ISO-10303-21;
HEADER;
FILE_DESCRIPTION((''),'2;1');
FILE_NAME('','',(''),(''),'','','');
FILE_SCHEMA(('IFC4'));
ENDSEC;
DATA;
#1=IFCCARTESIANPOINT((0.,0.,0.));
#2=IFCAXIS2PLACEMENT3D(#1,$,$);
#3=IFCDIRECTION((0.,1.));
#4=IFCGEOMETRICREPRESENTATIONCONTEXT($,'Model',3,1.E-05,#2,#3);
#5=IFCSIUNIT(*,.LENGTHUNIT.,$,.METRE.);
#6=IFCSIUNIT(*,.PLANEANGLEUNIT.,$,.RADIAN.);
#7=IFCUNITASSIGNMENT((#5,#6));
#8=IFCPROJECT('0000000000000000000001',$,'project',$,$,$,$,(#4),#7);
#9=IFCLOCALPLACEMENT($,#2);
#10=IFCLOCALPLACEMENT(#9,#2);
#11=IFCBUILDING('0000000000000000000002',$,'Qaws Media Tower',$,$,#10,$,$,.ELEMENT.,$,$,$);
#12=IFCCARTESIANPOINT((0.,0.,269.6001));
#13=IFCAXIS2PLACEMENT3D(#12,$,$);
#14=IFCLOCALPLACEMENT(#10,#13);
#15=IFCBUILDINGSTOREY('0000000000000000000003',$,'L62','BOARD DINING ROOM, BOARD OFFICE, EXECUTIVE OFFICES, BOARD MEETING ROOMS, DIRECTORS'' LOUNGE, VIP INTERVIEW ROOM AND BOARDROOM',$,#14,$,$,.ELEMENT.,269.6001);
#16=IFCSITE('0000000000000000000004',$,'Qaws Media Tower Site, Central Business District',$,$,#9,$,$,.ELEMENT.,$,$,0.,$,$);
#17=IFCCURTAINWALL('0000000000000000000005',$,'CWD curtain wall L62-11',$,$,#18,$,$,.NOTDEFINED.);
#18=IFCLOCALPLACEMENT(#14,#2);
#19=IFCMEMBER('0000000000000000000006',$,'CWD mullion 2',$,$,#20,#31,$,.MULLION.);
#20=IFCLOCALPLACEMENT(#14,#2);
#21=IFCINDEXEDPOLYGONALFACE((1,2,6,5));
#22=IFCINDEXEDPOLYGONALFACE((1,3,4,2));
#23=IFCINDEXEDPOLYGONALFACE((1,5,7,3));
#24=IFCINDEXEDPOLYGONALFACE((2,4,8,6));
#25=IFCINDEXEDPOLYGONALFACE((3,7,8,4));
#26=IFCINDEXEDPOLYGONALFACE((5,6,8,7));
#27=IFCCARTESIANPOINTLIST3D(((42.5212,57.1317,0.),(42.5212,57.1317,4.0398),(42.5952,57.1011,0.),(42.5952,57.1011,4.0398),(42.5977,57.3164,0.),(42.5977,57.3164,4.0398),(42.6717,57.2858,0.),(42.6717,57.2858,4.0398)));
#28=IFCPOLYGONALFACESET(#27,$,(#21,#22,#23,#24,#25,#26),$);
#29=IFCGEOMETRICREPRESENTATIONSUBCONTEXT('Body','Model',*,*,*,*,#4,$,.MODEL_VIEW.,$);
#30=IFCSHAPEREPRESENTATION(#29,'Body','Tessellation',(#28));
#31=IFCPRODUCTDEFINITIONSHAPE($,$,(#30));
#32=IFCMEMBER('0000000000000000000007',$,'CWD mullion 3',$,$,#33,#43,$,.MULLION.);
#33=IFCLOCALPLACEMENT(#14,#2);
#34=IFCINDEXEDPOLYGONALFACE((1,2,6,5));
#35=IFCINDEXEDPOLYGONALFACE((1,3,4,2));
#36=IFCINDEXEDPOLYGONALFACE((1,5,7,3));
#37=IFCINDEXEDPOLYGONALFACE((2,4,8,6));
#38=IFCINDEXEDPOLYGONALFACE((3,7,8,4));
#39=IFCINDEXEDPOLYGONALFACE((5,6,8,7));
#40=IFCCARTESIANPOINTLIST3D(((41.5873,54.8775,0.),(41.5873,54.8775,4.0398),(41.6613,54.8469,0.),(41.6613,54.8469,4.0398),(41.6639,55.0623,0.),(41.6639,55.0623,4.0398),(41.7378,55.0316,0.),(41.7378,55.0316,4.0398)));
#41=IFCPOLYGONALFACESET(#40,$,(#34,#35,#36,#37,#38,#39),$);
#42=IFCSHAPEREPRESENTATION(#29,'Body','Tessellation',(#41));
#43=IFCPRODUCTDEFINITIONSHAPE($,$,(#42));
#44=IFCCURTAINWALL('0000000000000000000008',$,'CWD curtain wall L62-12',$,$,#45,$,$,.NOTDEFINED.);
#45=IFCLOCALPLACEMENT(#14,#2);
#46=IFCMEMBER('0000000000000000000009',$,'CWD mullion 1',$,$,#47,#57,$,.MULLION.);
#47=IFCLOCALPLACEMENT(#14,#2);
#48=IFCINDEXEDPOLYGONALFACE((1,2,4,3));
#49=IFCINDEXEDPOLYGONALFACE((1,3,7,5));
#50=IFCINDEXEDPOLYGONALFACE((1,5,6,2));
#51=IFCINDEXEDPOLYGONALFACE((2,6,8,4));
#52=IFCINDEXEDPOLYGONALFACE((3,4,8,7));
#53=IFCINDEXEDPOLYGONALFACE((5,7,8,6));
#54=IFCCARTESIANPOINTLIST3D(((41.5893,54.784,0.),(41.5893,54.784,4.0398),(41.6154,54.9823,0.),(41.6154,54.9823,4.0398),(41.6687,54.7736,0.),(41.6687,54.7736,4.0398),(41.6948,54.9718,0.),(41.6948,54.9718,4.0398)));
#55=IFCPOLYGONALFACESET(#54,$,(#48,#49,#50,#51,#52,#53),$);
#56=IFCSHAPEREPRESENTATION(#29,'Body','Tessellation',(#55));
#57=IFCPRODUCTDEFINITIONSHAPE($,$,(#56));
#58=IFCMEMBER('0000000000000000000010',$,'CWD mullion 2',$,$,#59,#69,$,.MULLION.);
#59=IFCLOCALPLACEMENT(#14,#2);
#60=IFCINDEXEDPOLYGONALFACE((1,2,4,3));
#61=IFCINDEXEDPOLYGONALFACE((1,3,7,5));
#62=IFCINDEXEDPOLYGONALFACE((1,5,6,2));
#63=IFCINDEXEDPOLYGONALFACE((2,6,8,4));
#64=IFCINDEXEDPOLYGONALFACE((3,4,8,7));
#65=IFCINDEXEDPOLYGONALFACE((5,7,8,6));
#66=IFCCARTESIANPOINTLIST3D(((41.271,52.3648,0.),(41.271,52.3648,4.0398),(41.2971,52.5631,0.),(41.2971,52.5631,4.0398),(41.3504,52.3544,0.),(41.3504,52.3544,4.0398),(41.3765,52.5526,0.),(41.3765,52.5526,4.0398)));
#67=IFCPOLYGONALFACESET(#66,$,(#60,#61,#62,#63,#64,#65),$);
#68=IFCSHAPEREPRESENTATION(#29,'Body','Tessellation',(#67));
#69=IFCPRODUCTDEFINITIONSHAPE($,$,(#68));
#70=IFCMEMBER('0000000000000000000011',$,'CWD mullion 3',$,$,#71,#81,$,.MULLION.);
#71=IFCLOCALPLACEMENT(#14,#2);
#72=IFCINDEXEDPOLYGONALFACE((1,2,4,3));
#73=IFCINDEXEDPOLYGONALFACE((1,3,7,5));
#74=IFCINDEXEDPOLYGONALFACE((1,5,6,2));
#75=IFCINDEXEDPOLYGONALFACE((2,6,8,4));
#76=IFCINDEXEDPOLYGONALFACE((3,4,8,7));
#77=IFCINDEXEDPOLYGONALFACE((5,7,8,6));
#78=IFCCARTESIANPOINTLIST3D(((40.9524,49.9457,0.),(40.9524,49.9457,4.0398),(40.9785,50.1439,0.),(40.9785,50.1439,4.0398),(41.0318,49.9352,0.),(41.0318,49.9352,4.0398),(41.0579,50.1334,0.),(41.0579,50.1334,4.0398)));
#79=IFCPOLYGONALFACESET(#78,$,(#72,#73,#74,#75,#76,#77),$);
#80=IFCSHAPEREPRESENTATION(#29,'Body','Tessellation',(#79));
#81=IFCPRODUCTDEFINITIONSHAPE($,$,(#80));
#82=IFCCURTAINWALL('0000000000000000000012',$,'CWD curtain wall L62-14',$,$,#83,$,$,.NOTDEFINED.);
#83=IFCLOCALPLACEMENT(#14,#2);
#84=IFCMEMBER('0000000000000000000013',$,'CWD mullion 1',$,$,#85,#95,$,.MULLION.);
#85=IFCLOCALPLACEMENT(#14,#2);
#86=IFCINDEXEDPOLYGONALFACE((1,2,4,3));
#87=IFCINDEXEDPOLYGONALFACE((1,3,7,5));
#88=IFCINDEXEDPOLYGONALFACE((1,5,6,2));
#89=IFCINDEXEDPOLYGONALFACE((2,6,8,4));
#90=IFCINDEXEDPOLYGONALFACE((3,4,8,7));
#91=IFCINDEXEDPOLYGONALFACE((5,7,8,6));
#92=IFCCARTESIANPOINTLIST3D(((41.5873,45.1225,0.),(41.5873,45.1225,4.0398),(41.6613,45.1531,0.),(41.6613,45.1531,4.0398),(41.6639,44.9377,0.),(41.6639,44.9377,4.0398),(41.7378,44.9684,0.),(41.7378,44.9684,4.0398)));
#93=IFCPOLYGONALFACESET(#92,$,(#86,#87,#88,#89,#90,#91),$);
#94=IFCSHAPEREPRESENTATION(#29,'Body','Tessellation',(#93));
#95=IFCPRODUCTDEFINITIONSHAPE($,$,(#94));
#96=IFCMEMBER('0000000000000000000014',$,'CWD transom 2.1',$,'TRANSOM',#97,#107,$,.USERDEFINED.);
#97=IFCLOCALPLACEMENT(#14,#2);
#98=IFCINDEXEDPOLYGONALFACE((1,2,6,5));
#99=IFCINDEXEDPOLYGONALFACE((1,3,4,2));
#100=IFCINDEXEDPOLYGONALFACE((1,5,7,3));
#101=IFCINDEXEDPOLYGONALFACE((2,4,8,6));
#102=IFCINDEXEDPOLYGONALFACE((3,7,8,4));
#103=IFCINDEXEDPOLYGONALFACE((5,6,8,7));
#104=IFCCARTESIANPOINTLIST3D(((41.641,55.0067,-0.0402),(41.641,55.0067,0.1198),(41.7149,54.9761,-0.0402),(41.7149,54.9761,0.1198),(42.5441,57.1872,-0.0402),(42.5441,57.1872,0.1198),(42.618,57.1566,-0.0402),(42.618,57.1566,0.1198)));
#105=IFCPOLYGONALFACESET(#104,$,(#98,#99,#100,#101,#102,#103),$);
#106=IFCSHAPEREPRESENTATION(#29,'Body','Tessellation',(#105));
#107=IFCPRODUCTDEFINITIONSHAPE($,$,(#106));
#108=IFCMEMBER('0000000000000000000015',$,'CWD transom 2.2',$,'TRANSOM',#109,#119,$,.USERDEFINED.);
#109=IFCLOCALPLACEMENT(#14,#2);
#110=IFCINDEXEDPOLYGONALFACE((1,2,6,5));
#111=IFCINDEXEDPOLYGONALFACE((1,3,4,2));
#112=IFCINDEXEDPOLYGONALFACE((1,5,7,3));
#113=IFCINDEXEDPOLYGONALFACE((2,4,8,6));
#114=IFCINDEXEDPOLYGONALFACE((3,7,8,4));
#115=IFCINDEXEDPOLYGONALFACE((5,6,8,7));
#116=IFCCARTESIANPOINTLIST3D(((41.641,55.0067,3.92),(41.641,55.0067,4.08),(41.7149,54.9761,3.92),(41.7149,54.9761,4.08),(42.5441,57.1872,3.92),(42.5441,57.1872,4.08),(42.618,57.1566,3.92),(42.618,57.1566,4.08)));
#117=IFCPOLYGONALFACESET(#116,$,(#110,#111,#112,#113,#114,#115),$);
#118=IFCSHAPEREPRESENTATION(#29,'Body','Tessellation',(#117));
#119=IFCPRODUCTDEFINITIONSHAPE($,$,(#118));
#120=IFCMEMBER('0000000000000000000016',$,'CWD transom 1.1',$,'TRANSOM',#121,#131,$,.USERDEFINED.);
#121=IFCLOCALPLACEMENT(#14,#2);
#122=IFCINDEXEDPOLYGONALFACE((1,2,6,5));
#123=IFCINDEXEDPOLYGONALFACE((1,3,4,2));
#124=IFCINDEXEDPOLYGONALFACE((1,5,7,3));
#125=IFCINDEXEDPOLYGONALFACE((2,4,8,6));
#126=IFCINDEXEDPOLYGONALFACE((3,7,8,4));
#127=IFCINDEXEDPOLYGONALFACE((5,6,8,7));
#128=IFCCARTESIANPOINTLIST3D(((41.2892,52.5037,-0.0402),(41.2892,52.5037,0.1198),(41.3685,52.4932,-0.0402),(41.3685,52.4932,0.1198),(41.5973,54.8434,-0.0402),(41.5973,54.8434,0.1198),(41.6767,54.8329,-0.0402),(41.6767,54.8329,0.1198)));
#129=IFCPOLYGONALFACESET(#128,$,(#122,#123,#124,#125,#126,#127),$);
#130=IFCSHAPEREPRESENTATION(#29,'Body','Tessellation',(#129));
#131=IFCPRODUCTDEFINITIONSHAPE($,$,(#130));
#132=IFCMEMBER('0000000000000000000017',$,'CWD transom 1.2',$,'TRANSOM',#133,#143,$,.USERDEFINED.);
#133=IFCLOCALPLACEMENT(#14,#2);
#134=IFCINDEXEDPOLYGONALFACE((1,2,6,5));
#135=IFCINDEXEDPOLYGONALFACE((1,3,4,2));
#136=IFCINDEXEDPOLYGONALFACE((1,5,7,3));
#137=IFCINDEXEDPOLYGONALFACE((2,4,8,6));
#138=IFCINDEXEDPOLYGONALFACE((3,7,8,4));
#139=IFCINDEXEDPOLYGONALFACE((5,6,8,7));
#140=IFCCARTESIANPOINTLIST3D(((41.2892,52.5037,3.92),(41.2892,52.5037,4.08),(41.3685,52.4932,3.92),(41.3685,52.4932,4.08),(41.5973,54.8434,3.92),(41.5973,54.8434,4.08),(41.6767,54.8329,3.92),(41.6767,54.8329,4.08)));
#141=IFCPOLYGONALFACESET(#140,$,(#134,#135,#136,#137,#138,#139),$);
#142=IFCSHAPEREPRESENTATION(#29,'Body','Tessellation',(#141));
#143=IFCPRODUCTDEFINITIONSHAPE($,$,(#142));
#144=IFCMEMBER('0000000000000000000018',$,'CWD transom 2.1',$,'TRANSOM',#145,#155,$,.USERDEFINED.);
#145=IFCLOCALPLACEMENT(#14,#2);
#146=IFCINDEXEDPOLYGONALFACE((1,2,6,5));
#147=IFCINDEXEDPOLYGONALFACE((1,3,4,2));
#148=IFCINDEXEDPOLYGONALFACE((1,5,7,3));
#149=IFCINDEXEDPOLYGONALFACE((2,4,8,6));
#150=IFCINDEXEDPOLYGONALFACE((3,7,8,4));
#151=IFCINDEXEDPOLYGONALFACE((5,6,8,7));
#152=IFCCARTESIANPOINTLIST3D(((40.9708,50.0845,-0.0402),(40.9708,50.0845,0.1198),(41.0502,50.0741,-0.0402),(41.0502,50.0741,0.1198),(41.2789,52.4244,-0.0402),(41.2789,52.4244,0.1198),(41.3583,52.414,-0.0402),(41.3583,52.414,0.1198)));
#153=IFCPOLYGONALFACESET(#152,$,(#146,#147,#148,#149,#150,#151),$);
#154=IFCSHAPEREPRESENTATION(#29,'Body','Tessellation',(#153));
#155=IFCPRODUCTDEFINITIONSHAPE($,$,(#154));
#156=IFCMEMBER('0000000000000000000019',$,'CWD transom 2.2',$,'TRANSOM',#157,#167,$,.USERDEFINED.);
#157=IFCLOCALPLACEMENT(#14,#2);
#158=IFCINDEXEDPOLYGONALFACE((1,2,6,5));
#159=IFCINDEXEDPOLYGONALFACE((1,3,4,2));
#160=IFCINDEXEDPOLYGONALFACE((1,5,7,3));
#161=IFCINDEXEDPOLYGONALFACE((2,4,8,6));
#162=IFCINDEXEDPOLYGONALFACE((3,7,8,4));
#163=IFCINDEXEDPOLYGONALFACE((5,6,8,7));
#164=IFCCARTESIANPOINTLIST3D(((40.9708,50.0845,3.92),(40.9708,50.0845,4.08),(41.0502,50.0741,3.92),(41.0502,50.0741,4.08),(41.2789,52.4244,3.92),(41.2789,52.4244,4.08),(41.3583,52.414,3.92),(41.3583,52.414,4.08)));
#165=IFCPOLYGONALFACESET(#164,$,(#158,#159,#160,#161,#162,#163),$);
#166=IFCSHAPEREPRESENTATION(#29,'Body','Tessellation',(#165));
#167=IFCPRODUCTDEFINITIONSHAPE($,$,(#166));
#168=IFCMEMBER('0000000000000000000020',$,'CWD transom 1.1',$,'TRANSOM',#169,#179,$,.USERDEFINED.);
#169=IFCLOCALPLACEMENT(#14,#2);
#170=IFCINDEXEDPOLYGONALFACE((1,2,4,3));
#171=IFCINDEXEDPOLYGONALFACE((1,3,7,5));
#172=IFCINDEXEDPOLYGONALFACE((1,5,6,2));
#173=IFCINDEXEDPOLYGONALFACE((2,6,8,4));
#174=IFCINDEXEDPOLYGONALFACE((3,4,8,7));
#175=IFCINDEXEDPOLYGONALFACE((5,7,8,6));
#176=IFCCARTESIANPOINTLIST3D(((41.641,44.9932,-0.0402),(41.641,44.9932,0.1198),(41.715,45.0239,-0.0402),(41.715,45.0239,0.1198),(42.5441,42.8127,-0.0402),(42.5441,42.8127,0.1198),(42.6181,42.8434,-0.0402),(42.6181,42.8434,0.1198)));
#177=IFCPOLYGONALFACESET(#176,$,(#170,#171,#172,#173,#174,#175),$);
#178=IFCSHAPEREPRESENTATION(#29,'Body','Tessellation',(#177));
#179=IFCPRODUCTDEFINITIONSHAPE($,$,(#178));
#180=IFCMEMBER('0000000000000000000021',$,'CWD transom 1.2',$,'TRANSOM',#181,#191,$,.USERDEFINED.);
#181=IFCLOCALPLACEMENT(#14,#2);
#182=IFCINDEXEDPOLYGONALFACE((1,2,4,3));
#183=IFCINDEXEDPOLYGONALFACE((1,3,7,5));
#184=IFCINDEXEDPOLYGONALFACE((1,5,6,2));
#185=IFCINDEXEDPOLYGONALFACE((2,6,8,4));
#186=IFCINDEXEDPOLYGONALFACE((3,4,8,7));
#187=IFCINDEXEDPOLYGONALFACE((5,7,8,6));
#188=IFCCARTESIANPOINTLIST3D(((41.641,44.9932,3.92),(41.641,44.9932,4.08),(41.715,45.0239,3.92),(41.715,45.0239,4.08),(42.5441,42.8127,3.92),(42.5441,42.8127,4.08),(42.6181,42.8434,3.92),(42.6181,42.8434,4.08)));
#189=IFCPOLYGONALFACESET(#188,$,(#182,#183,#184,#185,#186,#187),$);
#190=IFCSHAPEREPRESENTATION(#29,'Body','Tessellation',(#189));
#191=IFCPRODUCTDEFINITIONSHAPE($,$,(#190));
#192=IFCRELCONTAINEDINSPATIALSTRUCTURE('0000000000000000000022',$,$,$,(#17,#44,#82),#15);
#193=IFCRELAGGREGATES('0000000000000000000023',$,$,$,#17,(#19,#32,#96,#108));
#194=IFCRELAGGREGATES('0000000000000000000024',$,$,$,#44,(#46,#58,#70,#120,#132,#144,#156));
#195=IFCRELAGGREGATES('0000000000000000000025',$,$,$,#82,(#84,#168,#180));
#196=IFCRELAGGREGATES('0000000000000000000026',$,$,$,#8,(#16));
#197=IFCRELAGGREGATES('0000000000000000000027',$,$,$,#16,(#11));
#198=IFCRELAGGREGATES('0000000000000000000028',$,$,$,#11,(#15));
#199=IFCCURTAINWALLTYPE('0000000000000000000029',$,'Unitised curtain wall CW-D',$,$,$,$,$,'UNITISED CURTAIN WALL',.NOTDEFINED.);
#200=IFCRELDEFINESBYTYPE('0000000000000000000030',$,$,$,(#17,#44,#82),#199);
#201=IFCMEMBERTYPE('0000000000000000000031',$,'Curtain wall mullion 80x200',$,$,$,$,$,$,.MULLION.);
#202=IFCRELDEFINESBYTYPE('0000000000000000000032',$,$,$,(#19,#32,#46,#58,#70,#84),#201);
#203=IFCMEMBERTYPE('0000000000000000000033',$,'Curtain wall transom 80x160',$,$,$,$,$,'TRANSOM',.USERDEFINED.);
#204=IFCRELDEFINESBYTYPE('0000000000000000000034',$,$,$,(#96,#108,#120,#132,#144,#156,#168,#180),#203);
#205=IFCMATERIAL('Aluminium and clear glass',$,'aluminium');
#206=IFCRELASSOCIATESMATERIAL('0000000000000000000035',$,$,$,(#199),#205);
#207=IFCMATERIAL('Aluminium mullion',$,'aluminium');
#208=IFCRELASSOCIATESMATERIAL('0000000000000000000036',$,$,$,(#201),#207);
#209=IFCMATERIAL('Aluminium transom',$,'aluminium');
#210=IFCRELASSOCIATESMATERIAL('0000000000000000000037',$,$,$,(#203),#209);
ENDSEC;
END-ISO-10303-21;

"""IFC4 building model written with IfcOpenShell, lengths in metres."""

from ifc_helpers import new_model, si_unit, direction, frame, origin, origin_2d, place, context, subcontext, project, spatial, rectangle, extrude, material, material_profile, profile_set, type_object, element, aggregate, save


model = new_model("IFC4")

# Units and contexts
model_context = context("Model", 3, precision=1e-05, world=origin(), true_north=direction((0.0, 1.0)))
body_context = subcontext(model_context, "Body", "Model", "MODEL_VIEW")
ifc_project = project(units=[si_unit("LENGTHUNIT", "METRE"), si_unit("PLANEANGLEUNIT", "RADIAN")], contexts=[model_context])

# Site, building, storey
site_placement = place(None, origin())
site = spatial("IfcSite", under=ifc_project, at=site_placement, Name="Qaws Media Tower Site, Central Business District", CompositionType="ELEMENT", RefElevation=0.0)
building_placement = place(site_placement, origin())
building = spatial("IfcBuilding", under=site, at=building_placement, Name="Qaws Media Tower", CompositionType="ELEMENT")
storey_placement = place(building_placement, frame((0.0, 0.0, 269.6001)))
storey = spatial("IfcBuildingStorey", under=building, at=storey_placement, Name="L62", Description="BOARD DINING ROOM, BOARD OFFICE, EXECUTIVE OFFICES, BOARD MEETING ROOMS, DIRECTORS' LOUNGE, VIP INTERVIEW ROOM AND BOARDROOM", CompositionType="ELEMENT", Elevation=269.6001)

# Curtain walls, members
ifc_material_1 = material(Name="Aluminium and clear glass", Category="aluminium")
curtain_wall_type = type_object("IfcCurtainWallType", Name="Unitised curtain wall CW-D", ElementType="UNITISED CURTAIN WALL", PredefinedType="NOTDEFINED", material=ifc_material_1)
curtain_wall_1_placement = place(storey_placement, origin())
curtain_wall_1 = element("IfcCurtainWall", 1, at=curtain_wall_1_placement, inside=storey, type_object=curtain_wall_type, Name="CWD curtain wall L62-11", PredefinedType="NOTDEFINED")
ifc_material_2 = material(Name="Aluminium mullion", Category="aluminium")
ifc_material_profile_1 = material_profile(ifc_material_2, rectangle(XDim=0.0801, YDim=0.2, at=origin_2d()), Name="80x200")
ifc_profile_set_1 = profile_set([ifc_material_profile_1], Name="Aluminium mullion")
member_type_1 = type_object("IfcMemberType", Name="Curtain wall mullion 80x200", PredefinedType="MULLION", material=ifc_profile_set_1)
member_1_placement = place(storey_placement, frame((42.5964, 57.2087, 0.0), z_axis=(0.0, 0.0, 1.0), x_axis=(0.92388, -0.382683, 0.0)))
member_1 = element("IfcMember", 2, at=member_1_placement, type_object=member_type_1, Name="CWD mullion 2", PredefinedType="MULLION", context=body_context, shape_type="SweptSolid", body=[
    extrude(rectangle(XDim=0.0801, YDim=0.2, at=origin_2d()), origin(), (0.0, 0.0, 1.0), 4.0398),
])
member_2_placement = place(storey_placement, frame((41.6626, 54.9546, 0.0), z_axis=(0.0, 0.0, 1.0), x_axis=(0.92388, -0.382683, 0.0)))
member_2 = element("IfcMember", 3, at=member_2_placement, type_object=member_type_1, Name="CWD mullion 3", PredefinedType="MULLION", context=body_context, shape_type="SweptSolid", body=[
    extrude(rectangle(XDim=0.0801, YDim=0.2, at=origin_2d()), origin(), (0.0, 0.0, 1.0), 4.0398),
])
curtain_wall_2_placement = place(storey_placement, origin())
curtain_wall_2 = element("IfcCurtainWall", 4, at=curtain_wall_2_placement, inside=storey, type_object=curtain_wall_type, Name="CWD curtain wall L62-12", PredefinedType="NOTDEFINED")
member_3_placement = place(storey_placement, frame((41.6421, 54.8779, 0.0), z_axis=(0.0, 0.0, 1.0), x_axis=(0.991445, -0.130526, 0.0)))
member_3 = element("IfcMember", 5, at=member_3_placement, type_object=member_type_1, Name="CWD mullion 1", PredefinedType="MULLION", context=body_context, shape_type="SweptSolid", body=[
    extrude(rectangle(XDim=0.0801, YDim=0.2, at=origin_2d()), origin(), (0.0, 0.0, 1.0), 4.0398),
])
member_4_placement = place(storey_placement, frame((41.3237, 52.4587, 0.0), z_axis=(0.0, 0.0, 1.0), x_axis=(0.991445, -0.130526, 0.0)))
member_4 = element("IfcMember", 6, at=member_4_placement, type_object=member_type_1, Name="CWD mullion 2", PredefinedType="MULLION", context=body_context, shape_type="SweptSolid", body=[
    extrude(rectangle(XDim=0.0801, YDim=0.2, at=origin_2d()), origin(), (0.0, 0.0, 1.0), 4.0398),
])
member_5_placement = place(storey_placement, frame((41.0051, 50.0396, 0.0), z_axis=(0.0, 0.0, 1.0), x_axis=(0.991445, -0.130526, 0.0)))
member_5 = element("IfcMember", 7, at=member_5_placement, type_object=member_type_1, Name="CWD mullion 3", PredefinedType="MULLION", context=body_context, shape_type="SweptSolid", body=[
    extrude(rectangle(XDim=0.0801, YDim=0.2, at=origin_2d()), origin(), (0.0, 0.0, 1.0), 4.0398),
])

# Curtain wall, member
curtain_wall_3_placement = place(storey_placement, origin())
curtain_wall_3 = element("IfcCurtainWall", 8, at=curtain_wall_3_placement, inside=storey, type_object=curtain_wall_type, Name="CWD curtain wall L62-14", PredefinedType="NOTDEFINED")
member_6_placement = place(storey_placement, frame((41.6626, 45.0454, 0.0), z_axis=(0.0, 0.0, 1.0), x_axis=(0.92388, 0.382683, 0.0)))
member_6 = element("IfcMember", 9, at=member_6_placement, type_object=member_type_1, Name="CWD mullion 1", PredefinedType="MULLION", context=body_context, shape_type="SweptSolid", body=[
    extrude(rectangle(XDim=0.0801, YDim=0.2, at=origin_2d()), origin(), (0.0, 0.0, 1.0), 4.0398),
])

# Members
ifc_material_3 = material(Name="Aluminium transom", Category="aluminium")
ifc_material_profile_2 = material_profile(ifc_material_3, rectangle(XDim=0.0801, YDim=0.1599, at=origin_2d()), Name="80x160")
ifc_profile_set_2 = profile_set([ifc_material_profile_2], Name="Aluminium transom")
member_type_2 = type_object("IfcMemberType", Name="Curtain wall transom 80x160", ElementType="TRANSOM", PredefinedType="USERDEFINED", material=ifc_profile_set_2)
member_7_placement = place(storey_placement, frame((42.5811, 57.1719, 0.0398), z_axis=(-0.382653, -0.923892, 0.0), x_axis=(0.923892, -0.382653, 0.0)))
member_7 = element("IfcMember", 10, at=member_7_placement, type_object=member_type_2, Name="CWD transom 2.1", ObjectType="TRANSOM", PredefinedType="USERDEFINED", context=body_context, shape_type="SweptSolid", body=[
    extrude(rectangle(XDim=0.0801, YDim=0.1599, at=origin_2d()), origin(), (0.0, 0.0, 1.0), 2.3601),
])
member_8_placement = place(storey_placement, frame((42.5811, 57.1719, 4.0), z_axis=(-0.382653, -0.923892, 0.0), x_axis=(0.923892, -0.382653, 0.0)))
member_8 = element("IfcMember", 11, at=member_8_placement, type_object=member_type_2, Name="CWD transom 2.2", ObjectType="TRANSOM", PredefinedType="USERDEFINED", context=body_context, shape_type="SweptSolid", body=[
    extrude(rectangle(XDim=0.0801, YDim=0.1599, at=origin_2d()), origin(), (0.0, 0.0, 1.0), 2.3601),
])
member_9_placement = place(storey_placement, frame((41.637, 54.8381, 0.0398), z_axis=(-0.130564, -0.99144, 0.0), x_axis=(0.99144, -0.130564, 0.0)))
member_9 = element("IfcMember", 12, at=member_9_placement, type_object=member_type_2, Name="CWD transom 1.1", ObjectType="TRANSOM", PredefinedType="USERDEFINED", context=body_context, shape_type="SweptSolid", body=[
    extrude(rectangle(XDim=0.0801, YDim=0.1599, at=origin_2d()), origin(), (0.0, 0.0, 1.0), 2.3599),
])
member_10_placement = place(storey_placement, frame((41.637, 54.8381, 4.0), z_axis=(-0.130564, -0.99144, 0.0), x_axis=(0.99144, -0.130564, 0.0)))
member_10 = element("IfcMember", 13, at=member_10_placement, type_object=member_type_2, Name="CWD transom 1.2", ObjectType="TRANSOM", PredefinedType="USERDEFINED", context=body_context, shape_type="SweptSolid", body=[
    extrude(rectangle(XDim=0.0801, YDim=0.1599, at=origin_2d()), origin(), (0.0, 0.0, 1.0), 2.3599),
])
member_11_placement = place(storey_placement, frame((41.3186, 52.4192, 0.0398), z_axis=(-0.130551, -0.991442, 0.0), x_axis=(0.991442, -0.130551, 0.0)))
member_11 = element("IfcMember", 14, at=member_11_placement, type_object=member_type_2, Name="CWD transom 2.1", ObjectType="TRANSOM", PredefinedType="USERDEFINED", context=body_context, shape_type="SweptSolid", body=[
    extrude(rectangle(XDim=0.0801, YDim=0.1599, at=origin_2d()), origin(), (0.0, 0.0, 1.0), 2.3601),
])
member_12_placement = place(storey_placement, frame((41.3186, 52.4192, 4.0), z_axis=(-0.130551, -0.991442, 0.0), x_axis=(0.991442, -0.130551, 0.0)))
member_12 = element("IfcMember", 15, at=member_12_placement, type_object=member_type_2, Name="CWD transom 2.2", ObjectType="TRANSOM", PredefinedType="USERDEFINED", context=body_context, shape_type="SweptSolid", body=[
    extrude(rectangle(XDim=0.0801, YDim=0.1599, at=origin_2d()), origin(), (0.0, 0.0, 1.0), 2.3601),
])
member_13_placement = place(storey_placement, frame((41.678, 45.0085, 0.0398), z_axis=(0.382653, -0.923892, 0.0), x_axis=(0.923892, 0.382653, 0.0)))
member_13 = element("IfcMember", 16, at=member_13_placement, type_object=member_type_2, Name="CWD transom 1.1", ObjectType="TRANSOM", PredefinedType="USERDEFINED", context=body_context, shape_type="SweptSolid", body=[
    extrude(rectangle(XDim=0.0801, YDim=0.1599, at=origin_2d()), origin(), (0.0, 0.0, 1.0), 2.3601),
])
member_14_placement = place(storey_placement, frame((41.678, 45.0085, 4.0), z_axis=(0.382653, -0.923892, 0.0), x_axis=(0.923892, 0.382653, 0.0)))
member_14 = element("IfcMember", 17, at=member_14_placement, type_object=member_type_2, Name="CWD transom 1.2", ObjectType="TRANSOM", PredefinedType="USERDEFINED", context=body_context, shape_type="SweptSolid", body=[
    extrude(rectangle(XDim=0.0801, YDim=0.1599, at=origin_2d()), origin(), (0.0, 0.0, 1.0), 2.3601),
])

aggregate(curtain_wall_1, [member_1, member_2, member_7, member_8])
aggregate(curtain_wall_2, [member_3, member_4, member_5, member_9, member_10, member_11, member_12])
aggregate(curtain_wall_3, [member_6, member_13, member_14])

save(model, "model.ifc")
